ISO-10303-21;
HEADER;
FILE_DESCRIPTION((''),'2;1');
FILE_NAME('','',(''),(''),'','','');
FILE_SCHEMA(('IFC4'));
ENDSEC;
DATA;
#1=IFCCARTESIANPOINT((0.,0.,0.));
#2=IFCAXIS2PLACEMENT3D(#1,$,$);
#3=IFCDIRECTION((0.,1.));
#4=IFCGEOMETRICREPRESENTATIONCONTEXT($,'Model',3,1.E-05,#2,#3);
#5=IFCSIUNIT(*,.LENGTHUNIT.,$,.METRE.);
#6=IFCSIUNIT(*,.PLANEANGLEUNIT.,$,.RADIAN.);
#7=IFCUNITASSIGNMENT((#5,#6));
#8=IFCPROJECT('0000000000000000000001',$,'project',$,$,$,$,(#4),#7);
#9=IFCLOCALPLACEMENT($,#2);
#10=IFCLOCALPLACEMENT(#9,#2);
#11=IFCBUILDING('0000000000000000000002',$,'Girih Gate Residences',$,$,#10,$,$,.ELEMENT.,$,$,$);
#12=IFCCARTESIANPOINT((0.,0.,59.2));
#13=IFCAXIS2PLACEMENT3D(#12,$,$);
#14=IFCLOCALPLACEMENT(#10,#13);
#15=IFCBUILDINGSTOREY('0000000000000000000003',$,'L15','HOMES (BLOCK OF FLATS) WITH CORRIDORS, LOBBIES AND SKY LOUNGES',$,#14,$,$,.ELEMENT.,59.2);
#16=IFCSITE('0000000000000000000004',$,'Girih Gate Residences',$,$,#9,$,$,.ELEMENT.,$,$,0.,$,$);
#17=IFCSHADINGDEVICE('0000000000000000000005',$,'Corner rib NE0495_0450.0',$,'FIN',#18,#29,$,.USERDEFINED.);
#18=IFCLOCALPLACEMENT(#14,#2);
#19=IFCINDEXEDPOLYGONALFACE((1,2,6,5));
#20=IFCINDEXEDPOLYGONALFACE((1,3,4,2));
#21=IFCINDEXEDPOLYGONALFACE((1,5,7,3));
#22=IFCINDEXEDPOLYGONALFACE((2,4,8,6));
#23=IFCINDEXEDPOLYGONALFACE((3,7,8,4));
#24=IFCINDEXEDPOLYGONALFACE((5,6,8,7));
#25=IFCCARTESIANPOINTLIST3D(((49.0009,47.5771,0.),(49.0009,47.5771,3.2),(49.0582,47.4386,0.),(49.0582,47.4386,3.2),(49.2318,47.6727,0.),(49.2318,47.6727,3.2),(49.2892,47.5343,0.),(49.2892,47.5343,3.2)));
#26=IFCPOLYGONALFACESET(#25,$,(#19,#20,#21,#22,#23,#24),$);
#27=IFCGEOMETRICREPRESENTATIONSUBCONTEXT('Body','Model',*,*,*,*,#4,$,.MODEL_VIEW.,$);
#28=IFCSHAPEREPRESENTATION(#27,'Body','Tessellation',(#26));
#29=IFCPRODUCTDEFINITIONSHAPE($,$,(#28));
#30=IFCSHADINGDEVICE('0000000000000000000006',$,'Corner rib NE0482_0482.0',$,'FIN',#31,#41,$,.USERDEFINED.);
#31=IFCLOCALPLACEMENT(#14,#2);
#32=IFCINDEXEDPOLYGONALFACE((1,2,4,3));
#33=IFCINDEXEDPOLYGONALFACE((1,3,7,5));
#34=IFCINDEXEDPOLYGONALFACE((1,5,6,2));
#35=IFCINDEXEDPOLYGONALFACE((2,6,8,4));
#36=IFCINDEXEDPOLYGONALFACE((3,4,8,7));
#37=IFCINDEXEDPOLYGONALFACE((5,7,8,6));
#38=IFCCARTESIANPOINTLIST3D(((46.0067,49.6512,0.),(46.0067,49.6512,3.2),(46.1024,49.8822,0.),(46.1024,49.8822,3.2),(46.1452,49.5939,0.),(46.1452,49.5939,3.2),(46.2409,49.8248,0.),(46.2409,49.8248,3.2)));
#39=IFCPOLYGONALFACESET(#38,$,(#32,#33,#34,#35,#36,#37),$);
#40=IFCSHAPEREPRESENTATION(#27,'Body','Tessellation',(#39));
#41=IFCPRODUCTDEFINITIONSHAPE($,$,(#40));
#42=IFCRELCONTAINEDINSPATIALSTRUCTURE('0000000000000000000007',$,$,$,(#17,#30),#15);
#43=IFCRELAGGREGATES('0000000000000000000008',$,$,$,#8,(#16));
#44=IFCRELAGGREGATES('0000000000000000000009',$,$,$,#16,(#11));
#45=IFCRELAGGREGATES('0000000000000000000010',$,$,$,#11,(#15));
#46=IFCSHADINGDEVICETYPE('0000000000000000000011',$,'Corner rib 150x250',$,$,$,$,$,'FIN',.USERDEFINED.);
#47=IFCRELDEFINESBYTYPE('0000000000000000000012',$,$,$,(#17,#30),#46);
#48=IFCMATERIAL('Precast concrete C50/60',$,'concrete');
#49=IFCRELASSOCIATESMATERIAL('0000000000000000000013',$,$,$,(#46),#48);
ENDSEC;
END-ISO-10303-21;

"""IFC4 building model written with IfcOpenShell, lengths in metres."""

from ifc_helpers import new_model, si_unit, direction, frame, origin, origin_2d, place, context, subcontext, project, spatial, rectangle, extrude, material, type_object, element, save


model = new_model("IFC4")

# Units and contexts
model_context = context("Model", 3, precision=1e-05, world=origin(), true_north=direction((0.0, 1.0)))
body_context = subcontext(model_context, "Body", "Model", "MODEL_VIEW")
ifc_project = project(units=[si_unit("LENGTHUNIT", "METRE"), si_unit("PLANEANGLEUNIT", "RADIAN")], contexts=[model_context])

# Site, building, storey
site_placement = place(None, origin())
site = spatial("IfcSite", under=ifc_project, at=site_placement, Name="Girih Gate Residences", CompositionType="ELEMENT", RefElevation=0.0)
building_placement = place(site_placement, origin())
building = spatial("IfcBuilding", under=site, at=building_placement, Name="Girih Gate Residences", CompositionType="ELEMENT")
storey_placement = place(building_placement, frame((0.0, 0.0, 59.2)))
storey = spatial("IfcBuildingStorey", under=building, at=storey_placement, Name="L15", Description="HOMES (BLOCK OF FLATS) WITH CORRIDORS, LOBBIES AND SKY LOUNGES", CompositionType="ELEMENT", Elevation=59.2)

# Shared definitions
ifc_material_1 = material(Name="Precast concrete C50/60", Category="concrete")

# Shading devices
shading_device_type = type_object("IfcShadingDeviceType", Name="Corner rib 150x250", ElementType="FIN", PredefinedType="USERDEFINED", material=ifc_material_1)
for number, where, z_axis, x_axis, name in (
    (1, (49.145, 47.5557, 0.0), (0.0, 0.0, 1.0), (-0.382683, 0.92388, 0.0), "Corner rib NE0495_0450.0"),
    (2, (46.1238, 49.738, 0.0), (0.0, 0.0, 1.0), (-0.92388, 0.382683, 0.0), "Corner rib NE0482_0482.0"),
):
    element("IfcShadingDevice", number, at=place(storey_placement, frame(where, z_axis=z_axis, x_axis=x_axis)), inside=storey, type_object=shading_device_type, Name=name, ObjectType="FIN", PredefinedType="USERDEFINED", context=body_context, shape_type="SweptSolid", body=[
        extrude(rectangle(XDim=0.1499, YDim=0.25, at=origin_2d()), origin(), (0.0, 0.0, 1.0), 3.2),
    ])

save(model, "model.ifc")
